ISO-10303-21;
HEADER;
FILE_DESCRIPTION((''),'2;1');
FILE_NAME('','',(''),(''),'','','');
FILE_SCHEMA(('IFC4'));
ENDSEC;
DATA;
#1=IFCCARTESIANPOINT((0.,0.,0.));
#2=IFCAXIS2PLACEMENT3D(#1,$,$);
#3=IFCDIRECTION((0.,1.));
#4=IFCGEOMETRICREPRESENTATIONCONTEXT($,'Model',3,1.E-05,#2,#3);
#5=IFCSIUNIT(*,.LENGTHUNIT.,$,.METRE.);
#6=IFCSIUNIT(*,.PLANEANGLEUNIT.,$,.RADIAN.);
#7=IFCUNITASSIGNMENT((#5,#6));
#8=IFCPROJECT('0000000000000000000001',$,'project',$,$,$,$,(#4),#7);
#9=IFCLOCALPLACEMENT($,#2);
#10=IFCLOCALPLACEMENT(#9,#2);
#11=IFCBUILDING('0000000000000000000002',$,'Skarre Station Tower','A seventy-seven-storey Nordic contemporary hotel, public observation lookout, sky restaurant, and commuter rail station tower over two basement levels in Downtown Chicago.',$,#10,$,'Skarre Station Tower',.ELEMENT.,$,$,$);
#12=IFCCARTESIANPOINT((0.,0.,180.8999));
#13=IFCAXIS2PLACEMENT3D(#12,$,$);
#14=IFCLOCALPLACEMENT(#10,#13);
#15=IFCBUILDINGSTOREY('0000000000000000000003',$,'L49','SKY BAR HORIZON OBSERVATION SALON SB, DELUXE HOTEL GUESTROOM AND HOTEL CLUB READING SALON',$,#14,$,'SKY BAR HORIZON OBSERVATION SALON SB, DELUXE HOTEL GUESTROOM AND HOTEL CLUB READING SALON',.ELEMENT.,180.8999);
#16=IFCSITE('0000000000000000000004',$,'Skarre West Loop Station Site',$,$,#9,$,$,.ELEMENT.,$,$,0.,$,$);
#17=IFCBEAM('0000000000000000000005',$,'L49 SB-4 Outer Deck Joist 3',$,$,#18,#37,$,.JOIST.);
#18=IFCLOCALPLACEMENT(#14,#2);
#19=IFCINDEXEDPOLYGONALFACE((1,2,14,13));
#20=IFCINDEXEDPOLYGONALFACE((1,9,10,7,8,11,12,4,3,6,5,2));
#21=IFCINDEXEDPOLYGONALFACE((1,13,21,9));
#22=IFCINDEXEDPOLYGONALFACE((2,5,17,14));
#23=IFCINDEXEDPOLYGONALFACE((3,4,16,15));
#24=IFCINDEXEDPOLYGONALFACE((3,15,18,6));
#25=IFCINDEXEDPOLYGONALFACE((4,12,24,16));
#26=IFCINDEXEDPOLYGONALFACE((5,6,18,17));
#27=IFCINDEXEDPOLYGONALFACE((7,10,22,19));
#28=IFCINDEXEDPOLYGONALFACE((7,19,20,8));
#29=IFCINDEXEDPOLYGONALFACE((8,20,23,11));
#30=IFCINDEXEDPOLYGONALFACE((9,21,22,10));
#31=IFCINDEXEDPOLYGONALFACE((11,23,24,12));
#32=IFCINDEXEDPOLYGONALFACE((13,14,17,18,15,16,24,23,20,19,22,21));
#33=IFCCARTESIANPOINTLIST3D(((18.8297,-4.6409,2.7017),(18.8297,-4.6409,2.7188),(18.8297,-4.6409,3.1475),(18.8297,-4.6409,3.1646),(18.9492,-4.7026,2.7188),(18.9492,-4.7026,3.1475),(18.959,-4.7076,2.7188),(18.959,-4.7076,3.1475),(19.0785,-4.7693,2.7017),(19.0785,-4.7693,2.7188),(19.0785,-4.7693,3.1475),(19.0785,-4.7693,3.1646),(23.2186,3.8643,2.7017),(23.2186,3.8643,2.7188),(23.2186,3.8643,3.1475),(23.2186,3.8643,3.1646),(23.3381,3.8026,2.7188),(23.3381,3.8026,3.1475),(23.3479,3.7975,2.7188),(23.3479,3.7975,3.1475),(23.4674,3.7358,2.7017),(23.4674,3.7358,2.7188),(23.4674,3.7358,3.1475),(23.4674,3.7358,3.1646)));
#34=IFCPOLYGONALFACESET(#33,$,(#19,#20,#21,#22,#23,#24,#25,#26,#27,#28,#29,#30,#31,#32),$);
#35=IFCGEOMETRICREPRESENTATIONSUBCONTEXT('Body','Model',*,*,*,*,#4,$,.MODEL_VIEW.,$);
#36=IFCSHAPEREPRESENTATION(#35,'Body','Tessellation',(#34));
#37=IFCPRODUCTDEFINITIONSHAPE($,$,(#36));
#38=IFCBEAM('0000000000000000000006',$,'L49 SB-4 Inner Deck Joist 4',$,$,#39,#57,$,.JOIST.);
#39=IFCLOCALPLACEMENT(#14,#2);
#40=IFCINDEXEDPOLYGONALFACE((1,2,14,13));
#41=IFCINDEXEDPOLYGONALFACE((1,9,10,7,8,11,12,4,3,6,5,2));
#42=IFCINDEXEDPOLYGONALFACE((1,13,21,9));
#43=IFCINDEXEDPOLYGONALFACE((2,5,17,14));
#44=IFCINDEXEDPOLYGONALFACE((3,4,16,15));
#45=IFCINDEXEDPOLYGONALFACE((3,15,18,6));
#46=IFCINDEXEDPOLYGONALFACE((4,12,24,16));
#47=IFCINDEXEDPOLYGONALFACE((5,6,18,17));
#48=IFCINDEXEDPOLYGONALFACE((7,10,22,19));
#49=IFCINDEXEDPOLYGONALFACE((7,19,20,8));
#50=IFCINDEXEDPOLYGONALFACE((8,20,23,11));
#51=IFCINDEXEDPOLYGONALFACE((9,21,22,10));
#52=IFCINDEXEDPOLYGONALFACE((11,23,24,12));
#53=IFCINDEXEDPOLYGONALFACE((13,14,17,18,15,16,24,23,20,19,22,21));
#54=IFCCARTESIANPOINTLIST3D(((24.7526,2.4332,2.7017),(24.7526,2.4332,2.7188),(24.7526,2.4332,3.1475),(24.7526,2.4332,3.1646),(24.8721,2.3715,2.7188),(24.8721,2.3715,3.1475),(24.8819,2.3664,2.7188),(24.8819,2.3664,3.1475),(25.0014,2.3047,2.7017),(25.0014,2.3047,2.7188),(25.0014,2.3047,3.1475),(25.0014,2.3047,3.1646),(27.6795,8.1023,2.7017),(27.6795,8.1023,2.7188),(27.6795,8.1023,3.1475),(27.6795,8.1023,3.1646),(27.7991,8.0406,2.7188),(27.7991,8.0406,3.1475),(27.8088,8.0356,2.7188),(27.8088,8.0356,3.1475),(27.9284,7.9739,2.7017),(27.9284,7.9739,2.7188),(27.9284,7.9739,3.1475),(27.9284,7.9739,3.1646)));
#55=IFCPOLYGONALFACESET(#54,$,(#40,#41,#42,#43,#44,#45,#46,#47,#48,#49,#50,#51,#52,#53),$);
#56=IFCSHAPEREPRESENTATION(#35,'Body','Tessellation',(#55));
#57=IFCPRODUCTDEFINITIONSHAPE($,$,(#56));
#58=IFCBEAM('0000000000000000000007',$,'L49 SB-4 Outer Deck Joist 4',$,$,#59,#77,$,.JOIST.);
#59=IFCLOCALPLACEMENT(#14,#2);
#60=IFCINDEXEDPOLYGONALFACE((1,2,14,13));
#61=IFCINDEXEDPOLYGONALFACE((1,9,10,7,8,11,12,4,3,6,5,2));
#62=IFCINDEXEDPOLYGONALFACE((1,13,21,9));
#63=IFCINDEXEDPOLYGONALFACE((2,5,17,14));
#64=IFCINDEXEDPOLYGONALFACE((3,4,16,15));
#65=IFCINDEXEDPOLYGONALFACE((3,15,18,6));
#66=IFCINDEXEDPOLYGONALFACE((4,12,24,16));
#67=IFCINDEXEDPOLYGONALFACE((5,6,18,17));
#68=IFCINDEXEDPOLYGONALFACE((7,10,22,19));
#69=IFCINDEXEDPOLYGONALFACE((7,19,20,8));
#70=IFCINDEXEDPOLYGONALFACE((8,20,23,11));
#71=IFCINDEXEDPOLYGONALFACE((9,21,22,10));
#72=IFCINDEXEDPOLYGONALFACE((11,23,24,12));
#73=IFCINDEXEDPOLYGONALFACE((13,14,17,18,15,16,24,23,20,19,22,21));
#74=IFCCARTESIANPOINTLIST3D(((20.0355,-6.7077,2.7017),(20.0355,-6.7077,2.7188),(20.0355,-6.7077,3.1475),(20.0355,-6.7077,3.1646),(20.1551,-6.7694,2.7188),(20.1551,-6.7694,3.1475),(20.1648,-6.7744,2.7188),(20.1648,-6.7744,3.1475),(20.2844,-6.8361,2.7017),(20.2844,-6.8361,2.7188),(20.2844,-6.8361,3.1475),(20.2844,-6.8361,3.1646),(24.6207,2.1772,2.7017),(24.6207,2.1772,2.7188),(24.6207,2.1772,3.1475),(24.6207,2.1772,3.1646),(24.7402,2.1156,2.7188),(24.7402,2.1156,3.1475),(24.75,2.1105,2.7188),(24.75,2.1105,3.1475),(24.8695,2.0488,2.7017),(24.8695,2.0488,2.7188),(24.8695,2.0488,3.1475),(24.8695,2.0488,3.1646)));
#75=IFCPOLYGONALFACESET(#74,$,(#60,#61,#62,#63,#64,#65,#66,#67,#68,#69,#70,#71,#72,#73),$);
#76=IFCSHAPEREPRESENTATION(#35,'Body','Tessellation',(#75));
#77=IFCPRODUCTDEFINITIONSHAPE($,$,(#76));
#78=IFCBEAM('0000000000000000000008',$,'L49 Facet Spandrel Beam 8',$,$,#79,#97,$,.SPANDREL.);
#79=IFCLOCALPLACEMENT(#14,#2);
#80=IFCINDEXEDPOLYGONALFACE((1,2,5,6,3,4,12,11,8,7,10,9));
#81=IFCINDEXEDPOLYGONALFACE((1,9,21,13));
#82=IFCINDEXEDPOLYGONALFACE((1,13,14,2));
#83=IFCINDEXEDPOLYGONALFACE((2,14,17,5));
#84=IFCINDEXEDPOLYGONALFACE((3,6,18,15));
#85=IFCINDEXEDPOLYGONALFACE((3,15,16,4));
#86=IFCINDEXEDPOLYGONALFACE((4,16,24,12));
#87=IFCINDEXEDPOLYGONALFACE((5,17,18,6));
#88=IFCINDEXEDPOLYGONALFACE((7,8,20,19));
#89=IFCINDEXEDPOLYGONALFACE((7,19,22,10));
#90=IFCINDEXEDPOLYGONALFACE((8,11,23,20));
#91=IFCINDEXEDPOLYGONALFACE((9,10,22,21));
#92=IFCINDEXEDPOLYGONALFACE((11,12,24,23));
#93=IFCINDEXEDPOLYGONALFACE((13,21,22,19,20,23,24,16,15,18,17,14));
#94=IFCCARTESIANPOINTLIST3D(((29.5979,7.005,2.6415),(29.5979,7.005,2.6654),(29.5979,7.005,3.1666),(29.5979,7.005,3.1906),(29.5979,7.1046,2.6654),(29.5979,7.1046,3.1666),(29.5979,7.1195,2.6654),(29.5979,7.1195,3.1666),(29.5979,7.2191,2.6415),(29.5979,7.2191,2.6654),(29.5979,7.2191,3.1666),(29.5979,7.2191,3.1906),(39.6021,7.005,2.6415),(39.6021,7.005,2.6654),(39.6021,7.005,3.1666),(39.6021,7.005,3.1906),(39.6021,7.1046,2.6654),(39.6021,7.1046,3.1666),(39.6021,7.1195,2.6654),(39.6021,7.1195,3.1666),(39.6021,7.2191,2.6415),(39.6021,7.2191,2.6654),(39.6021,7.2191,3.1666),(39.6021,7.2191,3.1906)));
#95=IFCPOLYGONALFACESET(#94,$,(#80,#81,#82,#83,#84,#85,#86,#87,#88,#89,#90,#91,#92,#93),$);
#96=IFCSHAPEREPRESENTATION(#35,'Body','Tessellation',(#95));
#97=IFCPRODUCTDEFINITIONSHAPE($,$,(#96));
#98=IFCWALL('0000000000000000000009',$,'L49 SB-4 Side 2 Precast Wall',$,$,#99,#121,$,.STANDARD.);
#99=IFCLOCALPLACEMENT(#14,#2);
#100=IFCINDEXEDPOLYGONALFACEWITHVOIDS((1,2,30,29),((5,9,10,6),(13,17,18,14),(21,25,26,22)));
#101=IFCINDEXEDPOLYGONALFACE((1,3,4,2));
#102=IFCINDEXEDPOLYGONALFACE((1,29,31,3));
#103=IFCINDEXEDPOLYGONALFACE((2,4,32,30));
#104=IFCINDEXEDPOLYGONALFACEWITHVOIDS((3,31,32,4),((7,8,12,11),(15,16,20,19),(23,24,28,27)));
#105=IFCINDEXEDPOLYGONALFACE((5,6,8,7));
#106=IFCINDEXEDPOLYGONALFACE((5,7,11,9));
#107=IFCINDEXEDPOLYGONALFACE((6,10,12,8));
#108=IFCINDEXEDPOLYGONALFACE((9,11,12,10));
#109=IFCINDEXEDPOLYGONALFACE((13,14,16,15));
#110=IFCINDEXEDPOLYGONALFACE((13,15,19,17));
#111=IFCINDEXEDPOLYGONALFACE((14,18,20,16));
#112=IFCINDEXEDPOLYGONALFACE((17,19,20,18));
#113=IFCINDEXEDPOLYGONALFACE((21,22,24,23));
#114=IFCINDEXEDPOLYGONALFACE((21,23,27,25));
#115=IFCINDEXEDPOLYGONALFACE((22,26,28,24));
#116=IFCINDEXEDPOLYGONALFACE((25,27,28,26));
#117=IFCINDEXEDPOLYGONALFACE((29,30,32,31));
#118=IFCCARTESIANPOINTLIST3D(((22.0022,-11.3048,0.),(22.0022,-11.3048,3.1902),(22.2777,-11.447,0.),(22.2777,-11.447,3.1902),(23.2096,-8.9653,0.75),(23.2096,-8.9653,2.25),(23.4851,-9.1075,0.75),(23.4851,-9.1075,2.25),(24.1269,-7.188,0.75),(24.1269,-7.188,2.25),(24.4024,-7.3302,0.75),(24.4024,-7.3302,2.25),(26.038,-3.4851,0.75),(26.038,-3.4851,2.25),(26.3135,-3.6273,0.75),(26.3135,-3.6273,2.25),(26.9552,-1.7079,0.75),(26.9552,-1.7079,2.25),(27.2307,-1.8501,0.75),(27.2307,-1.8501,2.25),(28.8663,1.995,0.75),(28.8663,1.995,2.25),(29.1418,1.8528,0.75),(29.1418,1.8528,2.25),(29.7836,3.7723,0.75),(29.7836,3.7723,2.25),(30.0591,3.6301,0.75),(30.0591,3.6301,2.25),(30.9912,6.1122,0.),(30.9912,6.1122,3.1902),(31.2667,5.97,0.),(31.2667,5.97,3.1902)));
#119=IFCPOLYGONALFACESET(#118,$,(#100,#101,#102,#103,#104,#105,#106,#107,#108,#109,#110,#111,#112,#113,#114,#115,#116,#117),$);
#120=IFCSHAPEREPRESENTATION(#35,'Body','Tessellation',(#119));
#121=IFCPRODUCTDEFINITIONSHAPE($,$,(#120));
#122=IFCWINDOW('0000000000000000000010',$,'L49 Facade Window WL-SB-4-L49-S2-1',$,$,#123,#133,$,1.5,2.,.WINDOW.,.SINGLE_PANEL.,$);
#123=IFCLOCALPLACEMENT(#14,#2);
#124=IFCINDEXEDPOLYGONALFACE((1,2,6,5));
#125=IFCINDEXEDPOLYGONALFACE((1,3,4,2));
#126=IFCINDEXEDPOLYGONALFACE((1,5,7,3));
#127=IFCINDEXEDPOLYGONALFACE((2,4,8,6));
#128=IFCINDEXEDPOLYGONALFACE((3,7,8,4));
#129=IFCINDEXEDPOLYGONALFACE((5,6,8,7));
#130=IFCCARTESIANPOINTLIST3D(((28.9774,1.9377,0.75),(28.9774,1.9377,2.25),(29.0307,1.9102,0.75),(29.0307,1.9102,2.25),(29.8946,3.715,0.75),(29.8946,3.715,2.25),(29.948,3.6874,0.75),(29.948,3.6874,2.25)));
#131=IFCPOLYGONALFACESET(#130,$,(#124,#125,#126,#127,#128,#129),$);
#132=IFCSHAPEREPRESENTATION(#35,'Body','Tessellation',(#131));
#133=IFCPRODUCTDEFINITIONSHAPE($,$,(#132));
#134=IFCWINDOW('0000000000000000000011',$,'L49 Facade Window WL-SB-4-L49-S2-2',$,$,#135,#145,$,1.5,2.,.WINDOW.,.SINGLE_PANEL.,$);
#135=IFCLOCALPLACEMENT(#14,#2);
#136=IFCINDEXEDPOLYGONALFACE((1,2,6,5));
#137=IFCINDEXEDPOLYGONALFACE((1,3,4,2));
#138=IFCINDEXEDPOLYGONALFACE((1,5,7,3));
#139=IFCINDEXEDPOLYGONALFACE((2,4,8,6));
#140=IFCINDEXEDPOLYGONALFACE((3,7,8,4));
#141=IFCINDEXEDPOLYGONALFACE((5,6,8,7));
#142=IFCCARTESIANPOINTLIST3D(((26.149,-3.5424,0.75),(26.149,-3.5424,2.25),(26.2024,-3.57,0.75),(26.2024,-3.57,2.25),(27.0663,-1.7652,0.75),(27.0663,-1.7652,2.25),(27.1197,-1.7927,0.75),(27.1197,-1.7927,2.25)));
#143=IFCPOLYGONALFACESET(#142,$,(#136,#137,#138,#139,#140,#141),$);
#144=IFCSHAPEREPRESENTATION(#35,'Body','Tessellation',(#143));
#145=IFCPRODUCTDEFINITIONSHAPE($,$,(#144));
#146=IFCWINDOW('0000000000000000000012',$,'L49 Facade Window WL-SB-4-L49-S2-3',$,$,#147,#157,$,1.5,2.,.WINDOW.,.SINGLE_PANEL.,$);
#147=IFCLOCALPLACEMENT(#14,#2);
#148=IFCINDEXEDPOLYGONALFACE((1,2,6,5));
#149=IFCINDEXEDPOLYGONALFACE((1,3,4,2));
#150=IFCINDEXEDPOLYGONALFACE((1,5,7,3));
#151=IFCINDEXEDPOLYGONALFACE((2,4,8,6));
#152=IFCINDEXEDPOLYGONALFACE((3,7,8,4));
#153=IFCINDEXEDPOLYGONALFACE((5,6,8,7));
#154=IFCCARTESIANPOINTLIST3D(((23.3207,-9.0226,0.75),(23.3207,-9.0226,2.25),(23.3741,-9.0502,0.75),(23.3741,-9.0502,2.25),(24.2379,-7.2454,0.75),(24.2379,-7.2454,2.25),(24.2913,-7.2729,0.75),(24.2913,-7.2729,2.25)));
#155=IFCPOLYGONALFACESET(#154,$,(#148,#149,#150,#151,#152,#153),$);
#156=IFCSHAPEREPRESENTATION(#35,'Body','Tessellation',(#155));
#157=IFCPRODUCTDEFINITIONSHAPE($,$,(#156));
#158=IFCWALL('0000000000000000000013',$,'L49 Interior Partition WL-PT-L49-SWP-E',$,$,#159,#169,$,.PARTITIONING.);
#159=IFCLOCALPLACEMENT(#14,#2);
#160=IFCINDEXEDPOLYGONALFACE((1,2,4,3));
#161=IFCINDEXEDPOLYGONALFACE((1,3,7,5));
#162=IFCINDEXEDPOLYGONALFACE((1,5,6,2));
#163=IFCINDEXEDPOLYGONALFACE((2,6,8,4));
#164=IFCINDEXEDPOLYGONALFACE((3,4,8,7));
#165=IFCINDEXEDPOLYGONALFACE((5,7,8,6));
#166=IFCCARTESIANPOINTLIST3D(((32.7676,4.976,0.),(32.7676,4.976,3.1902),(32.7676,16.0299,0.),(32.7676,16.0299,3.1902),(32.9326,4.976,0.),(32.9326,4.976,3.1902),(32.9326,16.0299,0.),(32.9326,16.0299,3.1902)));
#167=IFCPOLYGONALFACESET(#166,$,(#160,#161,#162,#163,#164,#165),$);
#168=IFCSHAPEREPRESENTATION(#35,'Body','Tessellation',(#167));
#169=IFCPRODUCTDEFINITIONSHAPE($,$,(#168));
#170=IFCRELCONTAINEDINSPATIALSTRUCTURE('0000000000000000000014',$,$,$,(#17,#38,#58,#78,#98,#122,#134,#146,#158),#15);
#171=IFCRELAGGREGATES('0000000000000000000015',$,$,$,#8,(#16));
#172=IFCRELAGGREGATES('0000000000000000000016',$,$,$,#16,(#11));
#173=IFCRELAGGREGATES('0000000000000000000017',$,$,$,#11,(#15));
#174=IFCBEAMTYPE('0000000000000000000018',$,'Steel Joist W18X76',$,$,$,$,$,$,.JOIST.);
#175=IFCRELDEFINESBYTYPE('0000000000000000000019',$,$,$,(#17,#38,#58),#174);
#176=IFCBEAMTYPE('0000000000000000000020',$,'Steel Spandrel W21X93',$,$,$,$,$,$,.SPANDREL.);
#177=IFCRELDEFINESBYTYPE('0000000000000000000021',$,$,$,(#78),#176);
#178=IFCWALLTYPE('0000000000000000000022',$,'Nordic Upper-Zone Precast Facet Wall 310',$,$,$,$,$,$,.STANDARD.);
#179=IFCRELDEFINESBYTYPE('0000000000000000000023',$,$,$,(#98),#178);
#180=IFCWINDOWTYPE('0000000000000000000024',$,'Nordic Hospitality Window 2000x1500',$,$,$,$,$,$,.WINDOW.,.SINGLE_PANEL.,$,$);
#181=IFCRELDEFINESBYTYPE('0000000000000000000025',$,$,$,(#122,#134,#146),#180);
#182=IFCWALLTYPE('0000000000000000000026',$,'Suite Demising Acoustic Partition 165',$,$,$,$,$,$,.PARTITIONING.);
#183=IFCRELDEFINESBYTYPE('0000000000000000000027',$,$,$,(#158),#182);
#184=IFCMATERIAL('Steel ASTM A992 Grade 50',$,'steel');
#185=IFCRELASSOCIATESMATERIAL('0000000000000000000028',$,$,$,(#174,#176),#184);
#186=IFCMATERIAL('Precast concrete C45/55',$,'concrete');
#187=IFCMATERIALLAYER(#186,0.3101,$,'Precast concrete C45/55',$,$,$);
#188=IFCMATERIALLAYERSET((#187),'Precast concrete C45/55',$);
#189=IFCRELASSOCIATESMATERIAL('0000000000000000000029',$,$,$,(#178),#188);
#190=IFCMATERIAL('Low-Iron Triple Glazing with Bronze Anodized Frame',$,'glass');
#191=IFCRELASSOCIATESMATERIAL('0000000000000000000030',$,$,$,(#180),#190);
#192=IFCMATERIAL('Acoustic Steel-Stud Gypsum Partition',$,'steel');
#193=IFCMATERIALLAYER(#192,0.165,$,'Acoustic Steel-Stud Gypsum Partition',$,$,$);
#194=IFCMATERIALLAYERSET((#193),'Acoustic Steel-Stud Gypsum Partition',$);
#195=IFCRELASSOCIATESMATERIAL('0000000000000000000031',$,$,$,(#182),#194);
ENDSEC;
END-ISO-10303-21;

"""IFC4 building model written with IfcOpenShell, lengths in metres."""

from ifc_helpers import new_model, si_unit, direction, frame, frame_2d, origin, origin_2d, place, context, subcontext, project, spatial, rectangle, i_section, extrude, material, layer, layer_set, material_profile, profile_set, type_object, element, fill, save


model = new_model("IFC4")

# Units and contexts
model_context = context("Model", 3, precision=1e-05, world=origin(), true_north=direction((0.0, 1.0)))
body_context = subcontext(model_context, "Body", "Model", "MODEL_VIEW")
ifc_project = project(units=[si_unit("LENGTHUNIT", "METRE"), si_unit("PLANEANGLEUNIT", "RADIAN")], contexts=[model_context])

# Site, building, storey
site_placement = place(None, origin())
site = spatial("IfcSite", under=ifc_project, at=site_placement, Name="Skarre West Loop Station Site", CompositionType="ELEMENT", RefElevation=0.0)
building_placement = place(site_placement, origin())
building = spatial("IfcBuilding", under=site, at=building_placement, Name="Skarre Station Tower", Description="A seventy-seven-storey Nordic contemporary hotel, public observation lookout, sky restaurant, and commuter rail station tower over two basement levels in Downtown Chicago.", LongName="Skarre Station Tower", CompositionType="ELEMENT")
storey_placement = place(building_placement, frame((0.0, 0.0, 180.8999)))
storey = spatial("IfcBuildingStorey", under=building, at=storey_placement, Name="L49", Description="SKY BAR HORIZON OBSERVATION SALON SB, DELUXE HOTEL GUESTROOM AND HOTEL CLUB READING SALON", LongName="SKY BAR HORIZON OBSERVATION SALON SB, DELUXE HOTEL GUESTROOM AND HOTEL CLUB READING SALON", CompositionType="ELEMENT", Elevation=180.8999)

# Beams
ifc_material_1 = material(Name="Steel ASTM A992 Grade 50", Category="steel")
ifc_material_profile_1 = material_profile(ifc_material_1, i_section(OverallWidth=0.28, OverallDepth=0.4629, WebThickness=0.011, FlangeThickness=0.0171, at=origin_2d()), Name="Steel ASTM A992 Grade 50")
ifc_profile_set_1 = profile_set([ifc_material_profile_1], Name="Steel ASTM A992 Grade 50")
beam_type_1 = type_object("IfcBeamType", Name="Steel Joist W18X76", PredefinedType="JOIST", material=ifc_profile_set_1)
beam_1_placement = place(storey_placement, frame((23.343, 3.8, 2.9331), z_axis=(-0.458575, -0.888656, 0.0), x_axis=(0.888656, -0.458575, 0.0)))
element("IfcBeam", 1, at=beam_1_placement, inside=storey, type_object=beam_type_1, Name="L49 SB-4 Outer Deck Joist 3", PredefinedType="JOIST", context=body_context, shape_type="SweptSolid", body=[
    extrude(i_section(OverallWidth=0.28, OverallDepth=0.4629, WebThickness=0.011, FlangeThickness=0.0171, at=origin_2d()), origin(), (0.0, 0.0, 1.0), 9.5708),
])
beam_2_placement = place(storey_placement, frame((27.804, 8.0381, 2.9331), z_axis=(-0.458763, -0.888559, 0.0), x_axis=(0.888559, -0.458763, 0.0)))
element("IfcBeam", 2, at=beam_2_placement, inside=storey, type_object=beam_type_1, Name="L49 SB-4 Inner Deck Joist 4", PredefinedType="JOIST", context=body_context, shape_type="SweptSolid", body=[
    extrude(i_section(OverallWidth=0.28, OverallDepth=0.4629, WebThickness=0.011, FlangeThickness=0.0171, at=origin_2d()), origin(), (0.0, 0.0, 1.0), 6.3801),
])
beam_3_placement = place(storey_placement, frame((24.7451, 2.113, 2.9331), z_axis=(-0.458595, -0.888645, 0.0), x_axis=(0.888645, -0.458595, 0.0)))
element("IfcBeam", 3, at=beam_3_placement, inside=storey, type_object=beam_type_1, Name="L49 SB-4 Outer Deck Joist 4", PredefinedType="JOIST", context=body_context, shape_type="SweptSolid", body=[
    extrude(i_section(OverallWidth=0.28, OverallDepth=0.4629, WebThickness=0.011, FlangeThickness=0.0171, at=origin_2d()), origin(), (0.0, 0.0, 1.0), 9.9983),
])
ifc_material_profile_2 = material_profile(ifc_material_1, i_section(OverallWidth=0.2141, OverallDepth=0.5491, WebThickness=0.0149, FlangeThickness=0.0239, at=origin_2d()), Name="Steel ASTM A992 Grade 50")
ifc_profile_set_2 = profile_set([ifc_material_profile_2], Name="Steel ASTM A992 Grade 50")
beam_type_2 = type_object("IfcBeamType", Name="Steel Spandrel W21X93", PredefinedType="SPANDREL", material=ifc_profile_set_2)
beam_4_placement = place(storey_placement, frame((29.5979, 7.1121, 2.916), z_axis=(1.0, 0.0, 0.0), x_axis=(0.0, 1.0, 0.0)))
element("IfcBeam", 4, at=beam_4_placement, inside=storey, type_object=beam_type_2, Name="L49 Facet Spandrel Beam 8", PredefinedType="SPANDREL", context=body_context, shape_type="SweptSolid", body=[
    extrude(i_section(OverallWidth=0.2141, OverallDepth=0.5491, WebThickness=0.0149, FlangeThickness=0.0239, at=origin_2d()), origin(), (0.0, 0.0, 1.0), 10.0042),
])

# Wall, openings, windows
ifc_material_2 = material(Name="Precast concrete C45/55", Category="concrete")
ifc_layer_1 = layer(ifc_material_2, 0.3101, Name="Precast concrete C45/55")
ifc_layer_set_1 = layer_set([ifc_layer_1], Name="Precast concrete C45/55")
wall_type_1 = type_object("IfcWallType", Name="Nordic Upper-Zone Precast Facet Wall 310", PredefinedType="STANDARD", material=ifc_layer_set_1)
wall_1_placement = place(storey_placement, frame((31.1289, 6.041, 0.0), z_axis=(0.0, 0.0, 1.0), x_axis=(-0.458627, -0.888629, 0.0)))
wall_1 = element("IfcWall", 5, at=wall_1_placement, inside=storey, type_object=wall_type_1, Name="L49 SB-4 Side 2 Precast Wall", PredefinedType="STANDARD", context=body_context, shape_type="SweptSolid", body=[
    extrude(rectangle(XDim=19.5999, YDim=0.3101, at=frame_2d((9.7998, 0.0))), origin(), (0.0, 0.0, 1.0), 3.1902),
])
opening_1_placement = place(wall_1_placement, frame((2.6331, 0.0, 0.75)))
opening_1 = element("IfcOpeningElement", 6, at=opening_1_placement, cuts=wall_1, PredefinedType="OPENING", context=body_context, shape_type="SweptSolid", body=[
    extrude(rectangle(XDim=2.0, YDim=1.5, at=frame_2d((1.0, 0.75))), frame((0.0, 0.165, 0.0), z_axis=(0.0, -1.0, 0.0), x_axis=(1.0, 0.0, 0.0)), (0.0, 0.0, 1.0), 0.3301),
])
opening_2_placement = place(wall_1_placement, frame((8.8, 0.0, 0.75)))
opening_2 = element("IfcOpeningElement", 7, at=opening_2_placement, cuts=wall_1, PredefinedType="OPENING", context=body_context, shape_type="SweptSolid", body=[
    extrude(rectangle(XDim=2.0, YDim=1.5, at=frame_2d((1.0, 0.75))), frame((0.0, 0.165, 0.0), z_axis=(0.0, -1.0, 0.0), x_axis=(1.0, 0.0, 0.0)), (0.0, 0.0, 1.0), 0.3301),
])
opening_3_placement = place(wall_1_placement, frame((14.967, 0.0, 0.75)))
opening_3 = element("IfcOpeningElement", 8, at=opening_3_placement, cuts=wall_1, PredefinedType="OPENING", context=body_context, shape_type="SweptSolid", body=[
    extrude(rectangle(XDim=2.0, YDim=1.5, at=frame_2d((1.0, 0.75))), frame((0.0, 0.165, 0.0), z_axis=(0.0, -1.0, 0.0), x_axis=(1.0, 0.0, 0.0)), (0.0, 0.0, 1.0), 0.3301),
])
ifc_material_3 = material(Name="Low-Iron Triple Glazing with Bronze Anodized Frame", Category="glass")
window_type = type_object("IfcWindowType", Name="Nordic Hospitality Window 2000x1500", PartitioningType="SINGLE_PANEL", PredefinedType="WINDOW", material=ifc_material_3)
window_1_placement = place(opening_1_placement, origin())
window_1 = element("IfcWindow", 9, at=window_1_placement, inside=storey, type_object=window_type, Name="L49 Facade Window WL-SB-4-L49-S2-1", OverallHeight=1.5, OverallWidth=2.0, PartitioningType="SINGLE_PANEL", PredefinedType="WINDOW", context=body_context, shape_type="SweptSolid", body=[
    extrude(rectangle(XDim=2.0, YDim=1.5, at=frame_2d((1.0, 0.75))), frame((0.0, 0.03, 0.0), z_axis=(0.0, -1.0, 0.0), x_axis=(1.0, 0.0, 0.0)), (0.0, 0.0, 1.0), 0.0601),
])
fill(opening_1, window_1)
window_2_placement = place(opening_2_placement, origin())
window_2 = element("IfcWindow", 10, at=window_2_placement, inside=storey, type_object=window_type, Name="L49 Facade Window WL-SB-4-L49-S2-2", OverallHeight=1.5, OverallWidth=2.0, PartitioningType="SINGLE_PANEL", PredefinedType="WINDOW", context=body_context, shape_type="SweptSolid", body=[
    extrude(rectangle(XDim=2.0, YDim=1.5, at=frame_2d((1.0, 0.75))), frame((0.0, 0.03, 0.0), z_axis=(0.0, -1.0, 0.0), x_axis=(1.0, 0.0, 0.0)), (0.0, 0.0, 1.0), 0.0601),
])
fill(opening_2, window_2)
window_3_placement = place(opening_3_placement, origin())
window_3 = element("IfcWindow", 11, at=window_3_placement, inside=storey, type_object=window_type, Name="L49 Facade Window WL-SB-4-L49-S2-3", OverallHeight=1.5, OverallWidth=2.0, PartitioningType="SINGLE_PANEL", PredefinedType="WINDOW", context=body_context, shape_type="SweptSolid", body=[
    extrude(rectangle(XDim=2.0, YDim=1.5, at=frame_2d((1.0, 0.75))), frame((0.0, 0.03, 0.0), z_axis=(0.0, -1.0, 0.0), x_axis=(1.0, 0.0, 0.0)), (0.0, 0.0, 1.0), 0.0601),
])
fill(opening_3, window_3)

# Wall
ifc_material_4 = material(Name="Acoustic Steel-Stud Gypsum Partition", Category="steel")
ifc_layer_2 = layer(ifc_material_4, 0.165, Name="Acoustic Steel-Stud Gypsum Partition")
ifc_layer_set_2 = layer_set([ifc_layer_2], Name="Acoustic Steel-Stud Gypsum Partition")
wall_type_2 = type_object("IfcWallType", Name="Suite Demising Acoustic Partition 165", PredefinedType="PARTITIONING", material=ifc_layer_set_2)
wall_2_placement = place(storey_placement, frame((32.8501, 4.9761, 0.0), z_axis=(0.0, 0.0, 1.0), x_axis=(0.0, 1.0, 0.0)))
element("IfcWall", 12, at=wall_2_placement, inside=storey, type_object=wall_type_2, Name="L49 Interior Partition WL-PT-L49-SWP-E", PredefinedType="PARTITIONING", context=body_context, shape_type="SweptSolid", body=[
    extrude(rectangle(XDim=11.054, YDim=0.165, at=frame_2d((5.5269, 0.0))), origin(), (0.0, 0.0, 1.0), 3.1902),
])

save(model, "model.ifc")
